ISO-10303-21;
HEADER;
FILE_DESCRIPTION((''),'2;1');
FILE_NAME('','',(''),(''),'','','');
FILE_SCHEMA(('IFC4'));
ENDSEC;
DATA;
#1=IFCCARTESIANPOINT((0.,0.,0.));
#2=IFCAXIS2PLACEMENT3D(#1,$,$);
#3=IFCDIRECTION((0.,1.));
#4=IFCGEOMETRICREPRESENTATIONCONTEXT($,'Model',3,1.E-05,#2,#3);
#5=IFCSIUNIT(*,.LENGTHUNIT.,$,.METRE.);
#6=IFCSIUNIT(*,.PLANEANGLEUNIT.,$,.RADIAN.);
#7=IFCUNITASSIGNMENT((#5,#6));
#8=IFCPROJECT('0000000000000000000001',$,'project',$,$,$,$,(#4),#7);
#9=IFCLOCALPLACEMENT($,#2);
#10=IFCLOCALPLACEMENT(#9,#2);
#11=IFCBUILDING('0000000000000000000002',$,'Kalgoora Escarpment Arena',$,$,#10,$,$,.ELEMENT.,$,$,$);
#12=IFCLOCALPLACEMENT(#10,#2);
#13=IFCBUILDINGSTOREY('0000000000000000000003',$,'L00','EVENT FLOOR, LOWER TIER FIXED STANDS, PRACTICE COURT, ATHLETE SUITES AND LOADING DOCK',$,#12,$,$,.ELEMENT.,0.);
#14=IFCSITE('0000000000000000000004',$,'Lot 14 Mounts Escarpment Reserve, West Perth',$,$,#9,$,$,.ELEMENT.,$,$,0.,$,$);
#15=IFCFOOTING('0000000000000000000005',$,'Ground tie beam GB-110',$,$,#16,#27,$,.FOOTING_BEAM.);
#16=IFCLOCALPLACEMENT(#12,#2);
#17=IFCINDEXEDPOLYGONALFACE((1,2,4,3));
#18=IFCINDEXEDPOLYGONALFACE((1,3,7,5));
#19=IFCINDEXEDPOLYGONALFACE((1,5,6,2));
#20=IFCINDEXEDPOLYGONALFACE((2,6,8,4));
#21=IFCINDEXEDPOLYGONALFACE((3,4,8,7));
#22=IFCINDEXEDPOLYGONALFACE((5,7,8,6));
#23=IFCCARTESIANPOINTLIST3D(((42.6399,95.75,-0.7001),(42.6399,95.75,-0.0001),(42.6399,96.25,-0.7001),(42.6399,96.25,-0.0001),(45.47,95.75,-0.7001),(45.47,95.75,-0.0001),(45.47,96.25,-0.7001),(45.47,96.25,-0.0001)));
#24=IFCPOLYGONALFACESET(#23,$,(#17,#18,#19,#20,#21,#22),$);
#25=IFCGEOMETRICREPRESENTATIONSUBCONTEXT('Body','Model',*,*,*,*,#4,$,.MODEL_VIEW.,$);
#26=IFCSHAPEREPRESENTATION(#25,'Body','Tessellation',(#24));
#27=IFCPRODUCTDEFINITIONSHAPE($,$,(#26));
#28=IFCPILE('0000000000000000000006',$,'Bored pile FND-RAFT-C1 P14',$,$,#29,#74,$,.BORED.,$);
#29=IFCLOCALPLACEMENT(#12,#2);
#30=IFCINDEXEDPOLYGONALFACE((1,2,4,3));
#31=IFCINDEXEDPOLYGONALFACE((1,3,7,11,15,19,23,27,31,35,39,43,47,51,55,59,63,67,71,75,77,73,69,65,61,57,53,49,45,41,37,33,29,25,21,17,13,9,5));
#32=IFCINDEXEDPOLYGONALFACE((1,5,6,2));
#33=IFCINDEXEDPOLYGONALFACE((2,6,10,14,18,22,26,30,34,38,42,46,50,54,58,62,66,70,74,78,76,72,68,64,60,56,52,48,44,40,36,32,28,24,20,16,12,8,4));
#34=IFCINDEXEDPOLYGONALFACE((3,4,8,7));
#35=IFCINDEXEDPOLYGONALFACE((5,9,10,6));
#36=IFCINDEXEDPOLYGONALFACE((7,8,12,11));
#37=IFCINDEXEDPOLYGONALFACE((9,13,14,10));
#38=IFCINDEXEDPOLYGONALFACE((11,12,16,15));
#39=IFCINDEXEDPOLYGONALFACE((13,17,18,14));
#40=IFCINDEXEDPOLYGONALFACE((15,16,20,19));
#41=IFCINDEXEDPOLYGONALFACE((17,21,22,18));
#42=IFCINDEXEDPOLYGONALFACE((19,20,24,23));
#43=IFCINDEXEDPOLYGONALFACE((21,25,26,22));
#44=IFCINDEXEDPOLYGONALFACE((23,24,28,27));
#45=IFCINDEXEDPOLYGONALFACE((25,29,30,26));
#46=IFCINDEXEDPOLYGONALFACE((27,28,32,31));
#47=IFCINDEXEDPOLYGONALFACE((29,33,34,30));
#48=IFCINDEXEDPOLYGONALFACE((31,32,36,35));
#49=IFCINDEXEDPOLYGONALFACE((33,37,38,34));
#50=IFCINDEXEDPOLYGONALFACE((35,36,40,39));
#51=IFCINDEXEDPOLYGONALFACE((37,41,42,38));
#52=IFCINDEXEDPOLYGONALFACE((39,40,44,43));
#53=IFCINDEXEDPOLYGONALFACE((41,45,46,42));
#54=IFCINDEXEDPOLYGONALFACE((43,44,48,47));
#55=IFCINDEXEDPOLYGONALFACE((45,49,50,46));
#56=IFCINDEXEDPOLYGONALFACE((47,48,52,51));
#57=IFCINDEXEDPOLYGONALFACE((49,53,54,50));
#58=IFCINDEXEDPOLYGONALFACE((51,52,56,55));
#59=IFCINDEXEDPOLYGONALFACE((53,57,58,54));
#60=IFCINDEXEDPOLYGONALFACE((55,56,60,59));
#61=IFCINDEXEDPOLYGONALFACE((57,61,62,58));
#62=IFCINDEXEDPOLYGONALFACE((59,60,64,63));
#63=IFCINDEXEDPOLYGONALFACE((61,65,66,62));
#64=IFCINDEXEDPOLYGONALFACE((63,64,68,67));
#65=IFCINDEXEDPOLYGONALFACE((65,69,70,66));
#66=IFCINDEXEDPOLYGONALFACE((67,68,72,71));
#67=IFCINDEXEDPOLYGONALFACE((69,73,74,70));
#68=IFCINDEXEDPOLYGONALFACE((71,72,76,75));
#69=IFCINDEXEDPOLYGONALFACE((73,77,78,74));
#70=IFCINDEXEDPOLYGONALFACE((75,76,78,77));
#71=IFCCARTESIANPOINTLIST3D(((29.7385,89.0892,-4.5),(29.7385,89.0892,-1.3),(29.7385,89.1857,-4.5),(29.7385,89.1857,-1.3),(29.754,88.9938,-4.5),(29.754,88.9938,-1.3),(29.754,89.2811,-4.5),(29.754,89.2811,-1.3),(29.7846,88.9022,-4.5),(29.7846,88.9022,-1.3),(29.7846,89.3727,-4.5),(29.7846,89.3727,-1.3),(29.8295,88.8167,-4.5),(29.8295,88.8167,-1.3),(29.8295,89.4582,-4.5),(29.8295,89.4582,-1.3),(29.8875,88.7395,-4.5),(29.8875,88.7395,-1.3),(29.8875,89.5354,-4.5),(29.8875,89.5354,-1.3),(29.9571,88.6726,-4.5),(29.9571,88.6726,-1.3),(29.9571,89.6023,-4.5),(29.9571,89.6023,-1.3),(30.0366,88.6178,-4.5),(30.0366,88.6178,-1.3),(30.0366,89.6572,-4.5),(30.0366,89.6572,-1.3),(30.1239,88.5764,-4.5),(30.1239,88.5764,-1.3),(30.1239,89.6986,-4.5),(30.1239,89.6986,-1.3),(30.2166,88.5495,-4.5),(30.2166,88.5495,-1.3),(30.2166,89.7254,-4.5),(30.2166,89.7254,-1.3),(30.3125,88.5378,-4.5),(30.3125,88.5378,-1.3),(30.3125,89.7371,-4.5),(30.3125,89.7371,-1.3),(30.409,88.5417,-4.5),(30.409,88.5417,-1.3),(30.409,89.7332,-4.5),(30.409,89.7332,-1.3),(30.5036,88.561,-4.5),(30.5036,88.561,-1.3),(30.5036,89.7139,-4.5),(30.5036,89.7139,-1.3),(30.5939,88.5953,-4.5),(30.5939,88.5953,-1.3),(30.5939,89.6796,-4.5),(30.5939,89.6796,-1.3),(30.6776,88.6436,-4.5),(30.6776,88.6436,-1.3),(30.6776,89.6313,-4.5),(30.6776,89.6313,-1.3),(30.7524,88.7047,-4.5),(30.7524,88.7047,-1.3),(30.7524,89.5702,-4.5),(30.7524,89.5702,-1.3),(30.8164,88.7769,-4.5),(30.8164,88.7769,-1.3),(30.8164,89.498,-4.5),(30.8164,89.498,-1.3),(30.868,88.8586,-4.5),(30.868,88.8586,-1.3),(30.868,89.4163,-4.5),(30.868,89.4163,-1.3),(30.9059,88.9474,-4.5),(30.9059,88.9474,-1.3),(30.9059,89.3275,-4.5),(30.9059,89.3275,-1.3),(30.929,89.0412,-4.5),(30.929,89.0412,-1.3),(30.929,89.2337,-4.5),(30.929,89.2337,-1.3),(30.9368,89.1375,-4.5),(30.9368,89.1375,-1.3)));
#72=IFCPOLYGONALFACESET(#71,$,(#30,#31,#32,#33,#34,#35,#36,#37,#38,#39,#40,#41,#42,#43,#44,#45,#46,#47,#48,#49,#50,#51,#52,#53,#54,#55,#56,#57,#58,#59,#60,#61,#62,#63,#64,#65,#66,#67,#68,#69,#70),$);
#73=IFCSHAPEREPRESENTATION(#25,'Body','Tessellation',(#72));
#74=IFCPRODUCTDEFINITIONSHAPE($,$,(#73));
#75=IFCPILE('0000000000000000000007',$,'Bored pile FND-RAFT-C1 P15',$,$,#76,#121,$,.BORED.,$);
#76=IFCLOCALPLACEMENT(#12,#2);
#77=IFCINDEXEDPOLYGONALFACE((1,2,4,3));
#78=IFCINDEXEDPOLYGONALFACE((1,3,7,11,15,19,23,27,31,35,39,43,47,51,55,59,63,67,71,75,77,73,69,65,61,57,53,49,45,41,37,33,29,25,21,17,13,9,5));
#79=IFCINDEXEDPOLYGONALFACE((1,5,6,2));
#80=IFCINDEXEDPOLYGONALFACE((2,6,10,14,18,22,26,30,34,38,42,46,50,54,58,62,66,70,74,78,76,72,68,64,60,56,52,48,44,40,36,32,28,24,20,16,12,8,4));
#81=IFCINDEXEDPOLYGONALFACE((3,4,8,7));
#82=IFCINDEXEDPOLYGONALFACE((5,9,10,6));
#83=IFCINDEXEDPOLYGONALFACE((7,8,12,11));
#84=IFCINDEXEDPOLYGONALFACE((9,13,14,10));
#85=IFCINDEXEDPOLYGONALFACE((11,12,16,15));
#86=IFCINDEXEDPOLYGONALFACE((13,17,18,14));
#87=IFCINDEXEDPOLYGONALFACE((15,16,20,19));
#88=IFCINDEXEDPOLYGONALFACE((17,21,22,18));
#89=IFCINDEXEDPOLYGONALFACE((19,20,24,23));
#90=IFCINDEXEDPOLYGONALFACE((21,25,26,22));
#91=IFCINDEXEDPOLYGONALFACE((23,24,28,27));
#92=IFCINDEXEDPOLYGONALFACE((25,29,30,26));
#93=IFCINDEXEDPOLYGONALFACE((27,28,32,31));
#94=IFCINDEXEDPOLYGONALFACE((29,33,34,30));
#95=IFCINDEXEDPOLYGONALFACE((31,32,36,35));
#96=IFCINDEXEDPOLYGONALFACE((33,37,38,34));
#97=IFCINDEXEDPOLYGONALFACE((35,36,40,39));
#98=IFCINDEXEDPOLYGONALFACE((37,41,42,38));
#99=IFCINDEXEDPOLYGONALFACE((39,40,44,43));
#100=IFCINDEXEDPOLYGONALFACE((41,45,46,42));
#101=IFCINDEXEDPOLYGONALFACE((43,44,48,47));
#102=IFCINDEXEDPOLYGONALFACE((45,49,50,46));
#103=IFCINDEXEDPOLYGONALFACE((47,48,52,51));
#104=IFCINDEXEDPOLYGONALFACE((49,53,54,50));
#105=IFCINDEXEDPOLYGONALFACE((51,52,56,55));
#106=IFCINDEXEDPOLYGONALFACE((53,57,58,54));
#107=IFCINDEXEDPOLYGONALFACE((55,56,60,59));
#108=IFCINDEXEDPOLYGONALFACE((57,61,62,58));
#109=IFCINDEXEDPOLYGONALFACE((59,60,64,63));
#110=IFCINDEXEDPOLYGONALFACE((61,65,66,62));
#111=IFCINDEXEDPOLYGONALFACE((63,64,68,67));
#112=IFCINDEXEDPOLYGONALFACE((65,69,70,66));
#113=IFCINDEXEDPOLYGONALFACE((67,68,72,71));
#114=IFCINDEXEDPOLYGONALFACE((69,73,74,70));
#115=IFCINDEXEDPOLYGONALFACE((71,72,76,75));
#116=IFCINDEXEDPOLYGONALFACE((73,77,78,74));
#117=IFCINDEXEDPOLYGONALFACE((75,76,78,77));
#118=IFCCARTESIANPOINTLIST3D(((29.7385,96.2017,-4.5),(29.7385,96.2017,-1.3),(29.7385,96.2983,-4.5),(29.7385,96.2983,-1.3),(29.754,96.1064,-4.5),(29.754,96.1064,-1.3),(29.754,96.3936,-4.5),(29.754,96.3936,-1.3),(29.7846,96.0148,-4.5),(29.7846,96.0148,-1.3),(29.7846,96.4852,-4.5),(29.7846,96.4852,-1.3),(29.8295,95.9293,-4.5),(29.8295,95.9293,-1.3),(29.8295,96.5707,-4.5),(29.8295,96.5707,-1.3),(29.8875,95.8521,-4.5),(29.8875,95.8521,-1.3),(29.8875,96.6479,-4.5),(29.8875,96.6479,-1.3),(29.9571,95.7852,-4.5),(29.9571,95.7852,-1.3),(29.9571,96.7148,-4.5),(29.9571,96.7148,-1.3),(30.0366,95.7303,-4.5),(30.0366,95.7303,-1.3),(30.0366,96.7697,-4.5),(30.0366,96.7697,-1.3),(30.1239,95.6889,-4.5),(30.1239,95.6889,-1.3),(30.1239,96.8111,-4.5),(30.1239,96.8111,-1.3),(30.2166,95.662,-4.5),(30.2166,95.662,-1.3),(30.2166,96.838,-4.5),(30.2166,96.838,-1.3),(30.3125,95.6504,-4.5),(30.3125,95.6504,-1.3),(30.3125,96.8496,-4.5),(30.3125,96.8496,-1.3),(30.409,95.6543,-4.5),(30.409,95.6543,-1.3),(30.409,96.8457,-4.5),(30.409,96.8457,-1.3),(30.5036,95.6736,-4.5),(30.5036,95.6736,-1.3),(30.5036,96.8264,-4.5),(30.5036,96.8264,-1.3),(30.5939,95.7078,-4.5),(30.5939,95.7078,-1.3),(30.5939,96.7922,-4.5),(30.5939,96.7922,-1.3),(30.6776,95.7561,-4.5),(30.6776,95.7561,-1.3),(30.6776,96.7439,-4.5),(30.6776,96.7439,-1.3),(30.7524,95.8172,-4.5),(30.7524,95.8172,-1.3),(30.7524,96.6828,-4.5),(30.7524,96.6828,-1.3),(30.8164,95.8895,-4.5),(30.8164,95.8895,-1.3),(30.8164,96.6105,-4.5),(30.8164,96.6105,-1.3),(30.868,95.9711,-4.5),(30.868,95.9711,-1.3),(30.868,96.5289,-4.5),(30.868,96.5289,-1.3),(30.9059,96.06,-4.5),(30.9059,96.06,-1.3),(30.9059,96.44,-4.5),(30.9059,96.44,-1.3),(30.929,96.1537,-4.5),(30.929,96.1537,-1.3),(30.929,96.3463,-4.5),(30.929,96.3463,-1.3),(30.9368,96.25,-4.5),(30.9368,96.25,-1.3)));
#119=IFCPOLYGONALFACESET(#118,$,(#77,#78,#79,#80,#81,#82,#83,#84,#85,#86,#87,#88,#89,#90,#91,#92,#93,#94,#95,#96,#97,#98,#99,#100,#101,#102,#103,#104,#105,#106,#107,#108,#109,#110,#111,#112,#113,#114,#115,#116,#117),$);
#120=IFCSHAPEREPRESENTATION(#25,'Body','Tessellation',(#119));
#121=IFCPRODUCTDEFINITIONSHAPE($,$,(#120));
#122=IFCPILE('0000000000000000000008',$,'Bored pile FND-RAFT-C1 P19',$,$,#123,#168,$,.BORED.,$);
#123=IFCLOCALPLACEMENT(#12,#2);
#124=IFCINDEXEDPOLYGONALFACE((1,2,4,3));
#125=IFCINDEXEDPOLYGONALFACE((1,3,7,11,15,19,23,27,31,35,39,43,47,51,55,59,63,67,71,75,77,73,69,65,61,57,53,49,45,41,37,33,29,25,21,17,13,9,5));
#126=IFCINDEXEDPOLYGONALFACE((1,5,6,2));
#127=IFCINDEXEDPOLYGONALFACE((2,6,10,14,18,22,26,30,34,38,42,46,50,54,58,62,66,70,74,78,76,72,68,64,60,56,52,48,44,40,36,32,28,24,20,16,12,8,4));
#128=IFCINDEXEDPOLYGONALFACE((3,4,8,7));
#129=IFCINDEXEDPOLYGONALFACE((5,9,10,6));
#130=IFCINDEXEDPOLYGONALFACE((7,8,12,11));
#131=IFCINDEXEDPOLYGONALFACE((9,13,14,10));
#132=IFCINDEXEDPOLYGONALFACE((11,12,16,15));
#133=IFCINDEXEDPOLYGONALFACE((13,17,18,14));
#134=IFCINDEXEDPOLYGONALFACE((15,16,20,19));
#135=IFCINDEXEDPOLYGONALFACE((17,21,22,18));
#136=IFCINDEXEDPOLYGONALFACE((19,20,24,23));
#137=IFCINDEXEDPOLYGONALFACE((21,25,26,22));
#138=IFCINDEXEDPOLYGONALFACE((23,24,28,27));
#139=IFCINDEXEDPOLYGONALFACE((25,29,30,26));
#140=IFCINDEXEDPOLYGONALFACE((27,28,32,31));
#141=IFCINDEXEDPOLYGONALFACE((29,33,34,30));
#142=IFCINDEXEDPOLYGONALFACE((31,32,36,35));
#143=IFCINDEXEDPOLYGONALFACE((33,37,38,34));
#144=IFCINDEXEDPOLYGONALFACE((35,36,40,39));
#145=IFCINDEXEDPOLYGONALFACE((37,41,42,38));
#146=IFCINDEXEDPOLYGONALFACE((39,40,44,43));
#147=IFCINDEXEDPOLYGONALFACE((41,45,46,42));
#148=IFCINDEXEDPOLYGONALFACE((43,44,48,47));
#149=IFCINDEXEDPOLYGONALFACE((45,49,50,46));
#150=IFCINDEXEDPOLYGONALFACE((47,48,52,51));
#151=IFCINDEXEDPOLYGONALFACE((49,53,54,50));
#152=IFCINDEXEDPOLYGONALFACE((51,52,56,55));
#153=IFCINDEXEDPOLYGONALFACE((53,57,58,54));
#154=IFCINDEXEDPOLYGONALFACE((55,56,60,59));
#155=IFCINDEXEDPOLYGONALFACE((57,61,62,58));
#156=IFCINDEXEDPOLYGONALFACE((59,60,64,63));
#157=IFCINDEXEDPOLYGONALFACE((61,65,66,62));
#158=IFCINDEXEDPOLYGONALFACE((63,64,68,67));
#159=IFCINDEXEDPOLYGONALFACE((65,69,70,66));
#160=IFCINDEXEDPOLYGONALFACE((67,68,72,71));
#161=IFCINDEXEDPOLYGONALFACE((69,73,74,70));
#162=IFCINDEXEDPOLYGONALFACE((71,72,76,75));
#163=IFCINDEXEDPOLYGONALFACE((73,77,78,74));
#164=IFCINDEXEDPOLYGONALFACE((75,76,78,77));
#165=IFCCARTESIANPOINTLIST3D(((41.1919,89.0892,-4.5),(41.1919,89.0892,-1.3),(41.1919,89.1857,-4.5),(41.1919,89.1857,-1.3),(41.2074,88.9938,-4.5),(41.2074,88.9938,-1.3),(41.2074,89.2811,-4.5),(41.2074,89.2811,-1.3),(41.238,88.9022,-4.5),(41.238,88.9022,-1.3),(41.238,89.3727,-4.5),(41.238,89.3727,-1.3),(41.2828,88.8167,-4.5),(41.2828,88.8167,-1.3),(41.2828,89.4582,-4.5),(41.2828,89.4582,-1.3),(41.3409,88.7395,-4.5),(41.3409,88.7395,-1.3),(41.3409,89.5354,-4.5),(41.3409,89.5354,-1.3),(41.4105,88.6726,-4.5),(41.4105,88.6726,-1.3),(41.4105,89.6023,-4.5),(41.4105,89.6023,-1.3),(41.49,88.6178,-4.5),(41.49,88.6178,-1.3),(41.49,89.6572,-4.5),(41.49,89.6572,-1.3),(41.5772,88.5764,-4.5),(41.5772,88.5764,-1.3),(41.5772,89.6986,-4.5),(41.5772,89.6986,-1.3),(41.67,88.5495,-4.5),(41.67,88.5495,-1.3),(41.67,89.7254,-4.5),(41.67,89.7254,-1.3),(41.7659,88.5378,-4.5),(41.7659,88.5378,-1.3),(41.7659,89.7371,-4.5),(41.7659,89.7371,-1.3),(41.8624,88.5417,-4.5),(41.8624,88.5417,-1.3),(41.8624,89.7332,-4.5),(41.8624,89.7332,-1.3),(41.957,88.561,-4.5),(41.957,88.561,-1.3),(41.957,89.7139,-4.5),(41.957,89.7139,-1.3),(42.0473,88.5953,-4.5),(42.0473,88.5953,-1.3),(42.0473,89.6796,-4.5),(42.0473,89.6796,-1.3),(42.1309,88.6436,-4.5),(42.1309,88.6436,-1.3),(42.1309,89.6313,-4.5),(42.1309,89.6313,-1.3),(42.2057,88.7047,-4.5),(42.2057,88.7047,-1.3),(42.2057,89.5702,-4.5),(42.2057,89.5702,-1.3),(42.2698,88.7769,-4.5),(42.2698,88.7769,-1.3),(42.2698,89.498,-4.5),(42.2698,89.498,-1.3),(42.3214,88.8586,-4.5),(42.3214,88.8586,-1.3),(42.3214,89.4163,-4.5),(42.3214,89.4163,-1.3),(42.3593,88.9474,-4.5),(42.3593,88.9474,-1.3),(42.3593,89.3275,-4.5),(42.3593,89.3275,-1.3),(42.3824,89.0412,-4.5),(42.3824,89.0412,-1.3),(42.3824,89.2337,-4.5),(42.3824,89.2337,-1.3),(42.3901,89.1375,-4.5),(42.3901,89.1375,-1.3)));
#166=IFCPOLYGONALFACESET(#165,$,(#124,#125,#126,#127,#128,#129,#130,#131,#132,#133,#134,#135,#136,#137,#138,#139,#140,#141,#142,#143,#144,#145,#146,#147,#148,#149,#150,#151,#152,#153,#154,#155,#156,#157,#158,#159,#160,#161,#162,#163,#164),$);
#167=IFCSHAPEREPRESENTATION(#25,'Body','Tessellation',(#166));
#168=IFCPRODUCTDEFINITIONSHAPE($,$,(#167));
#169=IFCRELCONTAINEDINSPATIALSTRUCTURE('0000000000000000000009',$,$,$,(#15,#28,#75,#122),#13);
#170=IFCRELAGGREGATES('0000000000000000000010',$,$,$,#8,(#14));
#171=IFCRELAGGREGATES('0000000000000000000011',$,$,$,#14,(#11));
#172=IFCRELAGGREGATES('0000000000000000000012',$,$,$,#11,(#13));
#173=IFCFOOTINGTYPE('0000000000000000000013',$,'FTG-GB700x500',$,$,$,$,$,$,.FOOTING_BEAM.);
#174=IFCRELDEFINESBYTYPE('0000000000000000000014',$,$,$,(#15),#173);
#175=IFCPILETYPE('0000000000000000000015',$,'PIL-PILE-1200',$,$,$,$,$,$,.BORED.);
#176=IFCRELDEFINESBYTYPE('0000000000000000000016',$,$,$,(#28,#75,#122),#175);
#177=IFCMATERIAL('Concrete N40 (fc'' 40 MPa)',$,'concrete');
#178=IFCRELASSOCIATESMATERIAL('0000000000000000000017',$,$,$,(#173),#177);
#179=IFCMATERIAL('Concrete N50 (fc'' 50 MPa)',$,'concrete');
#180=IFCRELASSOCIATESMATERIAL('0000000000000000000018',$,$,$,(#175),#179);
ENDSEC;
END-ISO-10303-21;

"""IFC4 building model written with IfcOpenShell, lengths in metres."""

from ifc_helpers import new_model, si_unit, direction, frame, origin, origin_2d, place, context, subcontext, project, spatial, rectangle, circle, extrude, material, material_profile, profile_set, type_object, element, save


model = new_model("IFC4")

# Units and contexts
model_context = context("Model", 3, precision=1e-05, world=origin(), true_north=direction((0.0, 1.0)))
body_context = subcontext(model_context, "Body", "Model", "MODEL_VIEW")
ifc_project = project(units=[si_unit("LENGTHUNIT", "METRE"), si_unit("PLANEANGLEUNIT", "RADIAN")], contexts=[model_context])

# Site, building, storey
site_placement = place(None, origin())
site = spatial("IfcSite", under=ifc_project, at=site_placement, Name="Lot 14 Mounts Escarpment Reserve, West Perth", CompositionType="ELEMENT", RefElevation=0.0)
building_placement = place(site_placement, origin())
building = spatial("IfcBuilding", under=site, at=building_placement, Name="Kalgoora Escarpment Arena", CompositionType="ELEMENT")
storey_placement = place(building_placement, origin())
storey = spatial("IfcBuildingStorey", under=building, at=storey_placement, Name="L00", Description="EVENT FLOOR, LOWER TIER FIXED STANDS, PRACTICE COURT, ATHLETE SUITES AND LOADING DOCK", CompositionType="ELEMENT", Elevation=0.0)

# Footing
ifc_material_1 = material(Name="Concrete N40 (fc' 40 MPa)", Category="concrete")
ifc_material_profile_1 = material_profile(ifc_material_1, rectangle(XDim=0.5, YDim=0.7, at=origin_2d()))
ifc_profile_set_1 = profile_set([ifc_material_profile_1], Name="Concrete N40 (fc' 40 MPa)")
footing_type = type_object("IfcFootingType", Name="FTG-GB700x500", PredefinedType="FOOTING_BEAM", material=ifc_profile_set_1)
footing_placement = place(storey_placement, frame((42.6399, 96.0, -0.3501), z_axis=(1.0, 0.0, 0.0), x_axis=(0.0, 1.0, 0.0)))
element("IfcFooting", 1, at=footing_placement, inside=storey, type_object=footing_type, Name="Ground tie beam GB-110", PredefinedType="FOOTING_BEAM", context=body_context, shape_type="SweptSolid", body=[
    extrude(rectangle(XDim=0.5, YDim=0.7, at=origin_2d()), origin(), (0.0, 0.0, 1.0), 2.8301),
])

# Piles
ifc_material_2 = material(Name="Concrete N50 (fc' 50 MPa)", Category="concrete")
ifc_material_profile_2 = material_profile(ifc_material_2, circle(Radius=0.6001, at=origin_2d()))
ifc_profile_set_2 = profile_set([ifc_material_profile_2], Name="Concrete N50 (fc' 50 MPa)")
pile_type = type_object("IfcPileType", Name="PIL-PILE-1200", PredefinedType="BORED", material=ifc_profile_set_2)
for number, where, z_axis, x_axis, name in (
    (2, (30.3367, 89.1375, -1.3), (0.0, 0.0, -1.0), (1.0, 0.0, 0.0), "Bored pile FND-RAFT-C1 P14"),
    (3, (30.3367, 96.25, -1.3), (0.0, 0.0, -1.0), (1.0, 0.0, 0.0), "Bored pile FND-RAFT-C1 P15"),
    (4, (41.79, 89.1375, -1.3), (0.0, 0.0, -1.0), (1.0, 0.0, 0.0), "Bored pile FND-RAFT-C1 P19"),
):
    element("IfcPile", number, at=place(storey_placement, frame(where, z_axis=z_axis, x_axis=x_axis)), inside=storey, type_object=pile_type, Name=name, PredefinedType="BORED", context=body_context, shape_type="SweptSolid", body=[
        extrude(circle(Radius=0.6001, at=origin_2d()), origin(), (0.0, 0.0, 1.0), 3.2),
    ])

save(model, "model.ifc")
